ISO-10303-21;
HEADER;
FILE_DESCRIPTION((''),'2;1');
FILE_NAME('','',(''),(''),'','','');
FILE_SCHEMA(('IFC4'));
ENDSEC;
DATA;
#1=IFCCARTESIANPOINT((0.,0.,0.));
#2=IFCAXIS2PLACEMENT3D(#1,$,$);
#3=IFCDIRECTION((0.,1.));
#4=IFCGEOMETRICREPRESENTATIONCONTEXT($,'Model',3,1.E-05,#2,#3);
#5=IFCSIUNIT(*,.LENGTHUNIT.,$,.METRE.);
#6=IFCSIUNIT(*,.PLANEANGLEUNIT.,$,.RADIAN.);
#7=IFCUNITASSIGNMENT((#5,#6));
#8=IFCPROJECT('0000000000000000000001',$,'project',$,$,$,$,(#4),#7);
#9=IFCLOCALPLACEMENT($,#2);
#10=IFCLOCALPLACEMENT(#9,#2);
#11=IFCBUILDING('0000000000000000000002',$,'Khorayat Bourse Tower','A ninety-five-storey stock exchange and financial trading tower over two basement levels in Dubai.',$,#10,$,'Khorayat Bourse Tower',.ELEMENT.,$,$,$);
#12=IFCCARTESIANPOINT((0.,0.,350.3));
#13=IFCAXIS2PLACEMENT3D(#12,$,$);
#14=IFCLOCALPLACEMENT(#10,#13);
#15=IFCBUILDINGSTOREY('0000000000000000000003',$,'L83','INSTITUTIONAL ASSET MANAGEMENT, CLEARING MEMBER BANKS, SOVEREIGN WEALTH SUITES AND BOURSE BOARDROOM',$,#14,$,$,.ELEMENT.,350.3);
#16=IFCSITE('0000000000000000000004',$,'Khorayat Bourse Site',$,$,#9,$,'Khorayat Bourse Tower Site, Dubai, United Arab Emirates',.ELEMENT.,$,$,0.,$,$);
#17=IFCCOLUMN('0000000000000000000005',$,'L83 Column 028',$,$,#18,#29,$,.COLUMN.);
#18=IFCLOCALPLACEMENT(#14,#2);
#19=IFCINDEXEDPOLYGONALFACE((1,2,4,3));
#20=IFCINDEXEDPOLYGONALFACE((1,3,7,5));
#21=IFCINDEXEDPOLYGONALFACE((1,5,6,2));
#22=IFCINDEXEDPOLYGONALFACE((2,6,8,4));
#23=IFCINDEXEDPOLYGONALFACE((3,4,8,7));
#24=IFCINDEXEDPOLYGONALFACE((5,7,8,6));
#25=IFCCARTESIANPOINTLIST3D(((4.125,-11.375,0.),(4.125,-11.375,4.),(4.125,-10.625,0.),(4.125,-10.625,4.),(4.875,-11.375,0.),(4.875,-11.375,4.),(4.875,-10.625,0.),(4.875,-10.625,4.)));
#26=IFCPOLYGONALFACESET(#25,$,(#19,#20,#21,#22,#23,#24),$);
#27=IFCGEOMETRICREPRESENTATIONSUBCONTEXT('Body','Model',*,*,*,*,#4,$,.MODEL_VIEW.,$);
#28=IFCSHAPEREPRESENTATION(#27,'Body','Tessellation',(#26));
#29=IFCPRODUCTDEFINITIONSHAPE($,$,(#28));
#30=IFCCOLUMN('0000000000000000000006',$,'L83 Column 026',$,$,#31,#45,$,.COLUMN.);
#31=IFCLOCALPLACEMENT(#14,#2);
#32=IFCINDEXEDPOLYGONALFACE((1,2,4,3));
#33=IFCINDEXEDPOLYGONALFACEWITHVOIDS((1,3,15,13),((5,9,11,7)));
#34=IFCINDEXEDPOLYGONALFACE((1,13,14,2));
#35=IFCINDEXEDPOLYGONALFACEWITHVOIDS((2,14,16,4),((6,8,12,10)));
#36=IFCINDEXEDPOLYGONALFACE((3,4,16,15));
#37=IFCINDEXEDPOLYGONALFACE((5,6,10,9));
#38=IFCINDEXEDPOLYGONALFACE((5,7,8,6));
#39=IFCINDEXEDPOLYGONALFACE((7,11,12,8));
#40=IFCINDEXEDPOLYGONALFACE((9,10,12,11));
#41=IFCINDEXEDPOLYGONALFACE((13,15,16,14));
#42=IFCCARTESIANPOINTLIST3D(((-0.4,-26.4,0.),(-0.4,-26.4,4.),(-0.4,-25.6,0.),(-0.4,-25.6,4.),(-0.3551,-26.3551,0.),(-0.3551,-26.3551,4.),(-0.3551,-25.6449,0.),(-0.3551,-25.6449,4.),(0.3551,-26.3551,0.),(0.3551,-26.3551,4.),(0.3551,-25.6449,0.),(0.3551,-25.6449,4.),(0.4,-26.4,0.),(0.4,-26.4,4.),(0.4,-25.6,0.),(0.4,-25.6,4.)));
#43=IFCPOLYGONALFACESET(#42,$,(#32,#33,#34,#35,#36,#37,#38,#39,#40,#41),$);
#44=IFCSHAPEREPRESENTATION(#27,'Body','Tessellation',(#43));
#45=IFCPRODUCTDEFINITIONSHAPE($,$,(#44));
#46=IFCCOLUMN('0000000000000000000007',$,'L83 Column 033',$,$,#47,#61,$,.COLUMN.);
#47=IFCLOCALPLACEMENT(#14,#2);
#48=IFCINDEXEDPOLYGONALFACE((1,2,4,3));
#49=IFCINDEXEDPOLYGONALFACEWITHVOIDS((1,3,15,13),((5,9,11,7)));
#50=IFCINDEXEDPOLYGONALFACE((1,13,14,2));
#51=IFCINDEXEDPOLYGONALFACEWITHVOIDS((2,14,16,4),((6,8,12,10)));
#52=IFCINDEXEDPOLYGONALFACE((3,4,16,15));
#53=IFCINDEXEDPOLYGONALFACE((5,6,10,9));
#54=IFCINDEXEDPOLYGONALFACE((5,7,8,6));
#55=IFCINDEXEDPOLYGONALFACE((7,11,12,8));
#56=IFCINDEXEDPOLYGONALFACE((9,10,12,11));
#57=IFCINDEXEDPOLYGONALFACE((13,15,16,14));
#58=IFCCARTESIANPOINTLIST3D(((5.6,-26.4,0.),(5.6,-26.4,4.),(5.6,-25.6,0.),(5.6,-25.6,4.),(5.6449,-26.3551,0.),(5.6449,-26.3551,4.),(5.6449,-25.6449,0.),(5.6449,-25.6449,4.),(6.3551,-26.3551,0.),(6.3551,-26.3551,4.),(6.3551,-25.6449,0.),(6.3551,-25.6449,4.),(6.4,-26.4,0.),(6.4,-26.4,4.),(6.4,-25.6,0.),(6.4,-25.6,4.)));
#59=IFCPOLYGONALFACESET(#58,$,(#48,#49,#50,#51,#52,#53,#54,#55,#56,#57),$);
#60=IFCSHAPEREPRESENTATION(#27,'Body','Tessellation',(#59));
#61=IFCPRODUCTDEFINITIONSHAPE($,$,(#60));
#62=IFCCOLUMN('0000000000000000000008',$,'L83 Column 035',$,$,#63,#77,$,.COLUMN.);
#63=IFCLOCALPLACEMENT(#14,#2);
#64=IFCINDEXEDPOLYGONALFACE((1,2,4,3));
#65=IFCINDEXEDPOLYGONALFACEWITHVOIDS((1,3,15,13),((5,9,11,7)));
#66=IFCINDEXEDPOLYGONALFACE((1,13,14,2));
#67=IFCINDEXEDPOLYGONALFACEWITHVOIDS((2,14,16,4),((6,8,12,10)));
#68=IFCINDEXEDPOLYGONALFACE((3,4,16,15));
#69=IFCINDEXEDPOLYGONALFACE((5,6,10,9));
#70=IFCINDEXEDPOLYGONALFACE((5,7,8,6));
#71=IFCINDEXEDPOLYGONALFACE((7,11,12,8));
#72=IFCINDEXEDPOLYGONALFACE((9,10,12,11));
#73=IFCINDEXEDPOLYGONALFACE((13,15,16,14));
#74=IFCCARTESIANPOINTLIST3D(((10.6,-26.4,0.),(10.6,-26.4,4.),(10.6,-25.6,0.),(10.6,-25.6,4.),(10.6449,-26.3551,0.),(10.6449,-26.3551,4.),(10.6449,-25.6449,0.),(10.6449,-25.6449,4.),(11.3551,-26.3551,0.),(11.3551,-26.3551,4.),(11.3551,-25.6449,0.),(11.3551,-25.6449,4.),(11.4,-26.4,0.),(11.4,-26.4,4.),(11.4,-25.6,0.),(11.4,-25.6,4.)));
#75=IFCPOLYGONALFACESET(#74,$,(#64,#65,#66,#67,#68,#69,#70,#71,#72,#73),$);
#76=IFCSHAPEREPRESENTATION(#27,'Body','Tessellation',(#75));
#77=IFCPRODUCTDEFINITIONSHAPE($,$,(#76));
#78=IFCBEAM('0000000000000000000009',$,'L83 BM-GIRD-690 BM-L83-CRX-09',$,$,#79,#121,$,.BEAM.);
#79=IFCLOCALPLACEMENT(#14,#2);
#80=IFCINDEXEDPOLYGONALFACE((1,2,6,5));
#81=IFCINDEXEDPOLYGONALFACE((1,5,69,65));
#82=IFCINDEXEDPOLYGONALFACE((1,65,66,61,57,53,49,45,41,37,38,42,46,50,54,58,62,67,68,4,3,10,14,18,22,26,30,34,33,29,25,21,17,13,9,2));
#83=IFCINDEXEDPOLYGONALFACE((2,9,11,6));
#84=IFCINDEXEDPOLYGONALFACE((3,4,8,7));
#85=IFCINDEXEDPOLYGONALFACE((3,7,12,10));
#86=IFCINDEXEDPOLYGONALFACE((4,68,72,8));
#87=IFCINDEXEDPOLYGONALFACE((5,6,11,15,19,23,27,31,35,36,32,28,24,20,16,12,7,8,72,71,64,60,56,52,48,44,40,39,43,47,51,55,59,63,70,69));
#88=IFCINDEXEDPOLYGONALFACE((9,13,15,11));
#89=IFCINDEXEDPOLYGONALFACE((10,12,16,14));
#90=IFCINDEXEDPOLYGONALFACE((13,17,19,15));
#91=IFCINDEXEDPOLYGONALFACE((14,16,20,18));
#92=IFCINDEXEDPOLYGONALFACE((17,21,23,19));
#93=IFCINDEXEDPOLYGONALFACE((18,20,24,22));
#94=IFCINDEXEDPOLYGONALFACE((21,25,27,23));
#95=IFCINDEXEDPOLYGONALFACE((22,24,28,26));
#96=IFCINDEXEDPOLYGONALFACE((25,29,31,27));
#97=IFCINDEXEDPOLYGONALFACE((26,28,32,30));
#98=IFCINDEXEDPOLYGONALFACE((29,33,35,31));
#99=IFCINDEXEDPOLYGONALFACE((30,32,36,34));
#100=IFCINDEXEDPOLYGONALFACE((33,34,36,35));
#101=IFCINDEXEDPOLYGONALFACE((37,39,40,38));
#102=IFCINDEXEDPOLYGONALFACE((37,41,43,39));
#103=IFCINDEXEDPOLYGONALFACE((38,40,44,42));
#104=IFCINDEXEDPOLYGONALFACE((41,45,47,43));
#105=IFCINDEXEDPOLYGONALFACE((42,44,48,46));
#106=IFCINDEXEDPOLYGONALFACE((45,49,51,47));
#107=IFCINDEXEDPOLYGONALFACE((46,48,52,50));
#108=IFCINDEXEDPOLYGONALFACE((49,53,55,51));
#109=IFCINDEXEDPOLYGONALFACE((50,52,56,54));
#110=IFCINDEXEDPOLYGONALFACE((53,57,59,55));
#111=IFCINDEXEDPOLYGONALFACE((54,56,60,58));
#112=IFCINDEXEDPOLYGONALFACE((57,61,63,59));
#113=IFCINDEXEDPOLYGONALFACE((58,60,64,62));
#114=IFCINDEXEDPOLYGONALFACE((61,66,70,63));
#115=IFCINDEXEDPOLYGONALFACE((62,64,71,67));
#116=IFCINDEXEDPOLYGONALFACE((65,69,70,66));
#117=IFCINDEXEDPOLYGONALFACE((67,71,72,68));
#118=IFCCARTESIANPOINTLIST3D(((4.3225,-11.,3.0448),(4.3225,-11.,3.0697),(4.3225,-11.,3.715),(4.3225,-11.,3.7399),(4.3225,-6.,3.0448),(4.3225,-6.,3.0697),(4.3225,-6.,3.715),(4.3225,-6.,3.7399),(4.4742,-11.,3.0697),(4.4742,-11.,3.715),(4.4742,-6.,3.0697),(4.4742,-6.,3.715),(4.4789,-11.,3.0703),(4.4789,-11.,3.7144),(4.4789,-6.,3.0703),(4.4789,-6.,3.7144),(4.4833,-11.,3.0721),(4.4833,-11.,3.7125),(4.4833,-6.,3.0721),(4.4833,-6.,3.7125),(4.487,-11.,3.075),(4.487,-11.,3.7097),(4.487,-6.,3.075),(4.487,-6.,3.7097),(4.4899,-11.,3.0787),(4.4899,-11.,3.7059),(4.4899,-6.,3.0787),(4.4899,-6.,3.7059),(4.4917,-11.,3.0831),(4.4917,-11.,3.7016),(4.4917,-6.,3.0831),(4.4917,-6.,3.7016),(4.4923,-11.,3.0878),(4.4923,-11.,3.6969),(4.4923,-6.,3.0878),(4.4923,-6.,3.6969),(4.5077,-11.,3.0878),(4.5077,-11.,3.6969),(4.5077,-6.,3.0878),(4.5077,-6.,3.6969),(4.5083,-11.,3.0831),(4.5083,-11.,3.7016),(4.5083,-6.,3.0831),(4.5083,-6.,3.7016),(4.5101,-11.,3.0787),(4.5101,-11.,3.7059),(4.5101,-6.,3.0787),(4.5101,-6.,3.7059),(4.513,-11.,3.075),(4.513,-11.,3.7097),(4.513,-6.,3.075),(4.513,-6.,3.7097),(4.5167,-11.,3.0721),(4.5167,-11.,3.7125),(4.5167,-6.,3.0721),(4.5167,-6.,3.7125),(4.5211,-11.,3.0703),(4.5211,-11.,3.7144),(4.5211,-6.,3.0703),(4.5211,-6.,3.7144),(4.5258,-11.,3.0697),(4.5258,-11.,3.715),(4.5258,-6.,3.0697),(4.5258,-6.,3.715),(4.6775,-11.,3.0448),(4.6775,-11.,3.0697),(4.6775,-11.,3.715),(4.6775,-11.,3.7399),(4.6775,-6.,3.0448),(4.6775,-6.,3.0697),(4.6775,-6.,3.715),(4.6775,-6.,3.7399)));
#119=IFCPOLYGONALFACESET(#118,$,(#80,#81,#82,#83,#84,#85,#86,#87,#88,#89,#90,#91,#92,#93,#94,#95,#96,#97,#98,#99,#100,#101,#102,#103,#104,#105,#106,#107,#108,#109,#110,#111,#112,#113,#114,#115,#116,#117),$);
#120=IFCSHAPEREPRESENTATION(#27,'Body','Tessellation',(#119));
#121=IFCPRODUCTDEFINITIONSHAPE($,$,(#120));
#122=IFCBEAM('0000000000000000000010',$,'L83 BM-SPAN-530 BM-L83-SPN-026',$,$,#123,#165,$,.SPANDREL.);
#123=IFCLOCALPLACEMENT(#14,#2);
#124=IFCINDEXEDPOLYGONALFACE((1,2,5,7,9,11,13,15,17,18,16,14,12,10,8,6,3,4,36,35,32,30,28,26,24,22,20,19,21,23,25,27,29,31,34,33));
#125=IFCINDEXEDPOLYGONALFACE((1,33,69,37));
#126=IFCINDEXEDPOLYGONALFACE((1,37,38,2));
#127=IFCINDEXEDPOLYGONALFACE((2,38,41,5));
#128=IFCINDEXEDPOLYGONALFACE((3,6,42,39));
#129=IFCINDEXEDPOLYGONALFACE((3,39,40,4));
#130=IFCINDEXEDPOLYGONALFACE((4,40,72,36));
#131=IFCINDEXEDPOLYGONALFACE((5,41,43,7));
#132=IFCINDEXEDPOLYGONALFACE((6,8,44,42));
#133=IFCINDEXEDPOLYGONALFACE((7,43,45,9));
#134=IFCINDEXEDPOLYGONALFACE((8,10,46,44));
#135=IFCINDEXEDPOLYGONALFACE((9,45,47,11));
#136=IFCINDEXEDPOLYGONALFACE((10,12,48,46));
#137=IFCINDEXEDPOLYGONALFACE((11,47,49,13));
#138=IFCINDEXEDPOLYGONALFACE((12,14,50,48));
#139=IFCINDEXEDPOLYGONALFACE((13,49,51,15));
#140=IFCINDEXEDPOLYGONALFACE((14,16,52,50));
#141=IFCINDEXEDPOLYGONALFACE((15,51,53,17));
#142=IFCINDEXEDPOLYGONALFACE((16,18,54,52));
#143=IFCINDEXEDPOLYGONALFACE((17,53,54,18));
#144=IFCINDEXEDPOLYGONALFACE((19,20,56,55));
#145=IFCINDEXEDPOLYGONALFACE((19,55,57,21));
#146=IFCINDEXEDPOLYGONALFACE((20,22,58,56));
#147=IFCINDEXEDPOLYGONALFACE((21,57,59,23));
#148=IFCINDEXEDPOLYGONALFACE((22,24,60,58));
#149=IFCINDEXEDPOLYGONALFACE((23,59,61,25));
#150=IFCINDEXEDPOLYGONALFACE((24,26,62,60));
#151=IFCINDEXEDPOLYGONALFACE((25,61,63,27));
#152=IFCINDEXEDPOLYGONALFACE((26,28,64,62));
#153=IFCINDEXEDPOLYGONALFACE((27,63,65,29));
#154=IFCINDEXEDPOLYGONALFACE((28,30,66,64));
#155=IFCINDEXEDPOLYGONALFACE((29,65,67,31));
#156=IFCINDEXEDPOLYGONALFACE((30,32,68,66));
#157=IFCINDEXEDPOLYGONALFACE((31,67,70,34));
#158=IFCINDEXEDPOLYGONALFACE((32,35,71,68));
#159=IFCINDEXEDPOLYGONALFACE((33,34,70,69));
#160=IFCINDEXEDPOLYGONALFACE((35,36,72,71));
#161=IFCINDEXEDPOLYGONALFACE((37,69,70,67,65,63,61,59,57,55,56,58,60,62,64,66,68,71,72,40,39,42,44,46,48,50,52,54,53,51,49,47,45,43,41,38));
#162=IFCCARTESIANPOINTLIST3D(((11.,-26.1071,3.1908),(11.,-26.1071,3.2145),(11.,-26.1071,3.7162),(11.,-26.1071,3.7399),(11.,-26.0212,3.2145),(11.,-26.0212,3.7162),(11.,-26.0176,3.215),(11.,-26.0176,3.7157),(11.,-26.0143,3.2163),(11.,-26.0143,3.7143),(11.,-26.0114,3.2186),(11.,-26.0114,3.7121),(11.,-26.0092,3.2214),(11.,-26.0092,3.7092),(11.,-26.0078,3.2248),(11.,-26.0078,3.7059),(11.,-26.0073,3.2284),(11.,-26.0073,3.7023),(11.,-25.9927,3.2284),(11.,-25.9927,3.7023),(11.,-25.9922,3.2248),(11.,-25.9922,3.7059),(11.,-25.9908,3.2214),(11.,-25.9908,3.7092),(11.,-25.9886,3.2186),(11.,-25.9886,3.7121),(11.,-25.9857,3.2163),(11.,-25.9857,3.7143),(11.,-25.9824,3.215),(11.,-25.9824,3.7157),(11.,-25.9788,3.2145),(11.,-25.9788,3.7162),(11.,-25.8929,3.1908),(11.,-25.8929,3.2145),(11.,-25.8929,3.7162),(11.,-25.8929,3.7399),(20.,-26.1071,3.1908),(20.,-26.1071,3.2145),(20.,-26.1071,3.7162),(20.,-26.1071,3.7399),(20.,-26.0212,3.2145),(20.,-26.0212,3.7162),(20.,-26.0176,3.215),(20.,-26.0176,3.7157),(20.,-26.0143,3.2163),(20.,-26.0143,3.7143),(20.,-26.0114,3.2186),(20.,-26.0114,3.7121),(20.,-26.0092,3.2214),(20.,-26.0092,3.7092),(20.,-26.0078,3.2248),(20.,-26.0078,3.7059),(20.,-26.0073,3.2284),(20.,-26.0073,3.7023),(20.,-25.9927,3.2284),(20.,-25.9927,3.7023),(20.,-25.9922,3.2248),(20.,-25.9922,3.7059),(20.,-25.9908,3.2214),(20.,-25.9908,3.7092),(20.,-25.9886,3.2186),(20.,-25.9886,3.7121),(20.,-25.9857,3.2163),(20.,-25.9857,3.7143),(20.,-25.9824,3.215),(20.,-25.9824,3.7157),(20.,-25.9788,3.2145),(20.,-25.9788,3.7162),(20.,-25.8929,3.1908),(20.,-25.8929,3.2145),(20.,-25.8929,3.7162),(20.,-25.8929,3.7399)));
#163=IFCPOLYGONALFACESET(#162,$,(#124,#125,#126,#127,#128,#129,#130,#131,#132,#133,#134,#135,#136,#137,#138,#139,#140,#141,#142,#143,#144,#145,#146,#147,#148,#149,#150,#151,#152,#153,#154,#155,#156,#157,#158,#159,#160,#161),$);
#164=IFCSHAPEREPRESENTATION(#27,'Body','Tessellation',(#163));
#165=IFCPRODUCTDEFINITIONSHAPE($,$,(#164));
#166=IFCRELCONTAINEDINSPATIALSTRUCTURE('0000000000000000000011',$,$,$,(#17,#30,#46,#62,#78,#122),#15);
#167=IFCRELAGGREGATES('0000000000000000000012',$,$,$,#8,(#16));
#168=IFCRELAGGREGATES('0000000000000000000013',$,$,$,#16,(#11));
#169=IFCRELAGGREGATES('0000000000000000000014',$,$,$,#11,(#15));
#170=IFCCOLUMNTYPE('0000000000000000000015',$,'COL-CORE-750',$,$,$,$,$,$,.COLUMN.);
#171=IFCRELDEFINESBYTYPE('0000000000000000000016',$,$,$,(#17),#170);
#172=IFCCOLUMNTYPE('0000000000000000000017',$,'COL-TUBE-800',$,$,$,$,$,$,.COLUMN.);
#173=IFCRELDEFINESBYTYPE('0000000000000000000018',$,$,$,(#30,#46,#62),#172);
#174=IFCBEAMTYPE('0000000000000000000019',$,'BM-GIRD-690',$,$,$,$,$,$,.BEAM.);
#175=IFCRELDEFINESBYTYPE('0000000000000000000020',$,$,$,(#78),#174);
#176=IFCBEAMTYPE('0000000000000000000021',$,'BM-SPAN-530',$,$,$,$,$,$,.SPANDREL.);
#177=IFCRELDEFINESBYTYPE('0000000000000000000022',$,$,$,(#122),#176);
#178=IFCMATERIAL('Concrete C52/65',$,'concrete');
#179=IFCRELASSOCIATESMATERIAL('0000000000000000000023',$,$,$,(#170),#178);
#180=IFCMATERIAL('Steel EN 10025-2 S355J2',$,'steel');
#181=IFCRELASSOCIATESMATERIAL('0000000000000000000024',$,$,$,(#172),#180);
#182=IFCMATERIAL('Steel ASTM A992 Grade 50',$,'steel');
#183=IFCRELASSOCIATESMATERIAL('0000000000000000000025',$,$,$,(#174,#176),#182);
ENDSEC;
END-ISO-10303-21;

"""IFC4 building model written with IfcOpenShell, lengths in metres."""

from ifc_helpers import new_model, si_unit, direction, frame, origin, origin_2d, place, context, subcontext, project, spatial, rectangle, hollow_rectangle, i_section, extrude, source, transform, mapped, material, material_profile, profile_set, type_object, element, save


model = new_model("IFC4")

# Units and contexts
model_context = context("Model", 3, precision=1e-05, world=origin(), true_north=direction((0.0, 1.0)))
body_context = subcontext(model_context, "Body", "Model", "MODEL_VIEW")
ifc_project = project(units=[si_unit("LENGTHUNIT", "METRE"), si_unit("PLANEANGLEUNIT", "RADIAN")], contexts=[model_context])

# Site, building, storey
site_placement = place(None, origin())
site = spatial("IfcSite", under=ifc_project, at=site_placement, Name="Khorayat Bourse Site", LongName="Khorayat Bourse Tower Site, Dubai, United Arab Emirates", CompositionType="ELEMENT", RefElevation=0.0)
building_placement = place(site_placement, origin())
building = spatial("IfcBuilding", under=site, at=building_placement, Name="Khorayat Bourse Tower", Description="A ninety-five-storey stock exchange and financial trading tower over two basement levels in Dubai.", LongName="Khorayat Bourse Tower", CompositionType="ELEMENT")
storey_placement = place(building_placement, frame((0.0, 0.0, 350.3)))
storey = spatial("IfcBuildingStorey", under=building, at=storey_placement, Name="L83", Description="INSTITUTIONAL ASSET MANAGEMENT, CLEARING MEMBER BANKS, SOVEREIGN WEALTH SUITES AND BOURSE BOARDROOM", CompositionType="ELEMENT", Elevation=350.3)

# Columns
ifc_material_1 = material(Name="Concrete C52/65", Category="concrete")
ifc_material_profile_1 = material_profile(ifc_material_1, rectangle(XDim=0.75, YDim=0.75, at=origin_2d()), Name="RC 750x750")
ifc_profile_set_1 = profile_set([ifc_material_profile_1], Name="Concrete C52/65")
column_type_1 = type_object("IfcColumnType", Name="COL-CORE-750", PredefinedType="COLUMN", material=ifc_profile_set_1)
shared_shape_1 = source(origin(), body_context, "Body", "SweptSolid", [
    extrude(rectangle(XDim=0.75, YDim=0.75, at=origin_2d()), origin(), (0.0, 0.0, 1.0), 4.0),
])
column_placement = place(storey_placement, frame((4.5, -11.0, 0.0), z_axis=(0.0, 0.0, 1.0), x_axis=(1.0, 0.0, 0.0)))
element("IfcColumn", 1, at=column_placement, inside=storey, type_object=column_type_1, Name="L83 Column 028", PredefinedType="COLUMN", context=body_context, shape_type="MappedRepresentation", body=[
    mapped(shared_shape_1, transform((0.0, 0.0, 0.0), scale=1.0)),
])
ifc_material_2 = material(Name="Steel EN 10025-2 S355J2", Category="steel")
ifc_material_profile_2 = material_profile(ifc_material_2, hollow_rectangle(XDim=0.8, YDim=0.8, WallThickness=0.0449, at=origin_2d()), Name="BOX 800x800x45")
ifc_profile_set_2 = profile_set([ifc_material_profile_2], Name="Steel EN 10025-2 S355J2")
column_type_2 = type_object("IfcColumnType", Name="COL-TUBE-800", PredefinedType="COLUMN", material=ifc_profile_set_2)
shared_shape_2 = source(origin(), body_context, "Body", "SweptSolid", [
    extrude(hollow_rectangle(XDim=0.8, YDim=0.8, WallThickness=0.0449, at=origin_2d()), origin(), (0.0, 0.0, 1.0), 4.0),
])
for number, where, z_axis, x_axis, name in (
    (2, (0.0, -26.0, 0.0), (0.0, 0.0, 1.0), (1.0, 0.0, 0.0), "L83 Column 026"),
    (3, (6.0, -26.0, 0.0), (0.0, 0.0, 1.0), (1.0, 0.0, 0.0), "L83 Column 033"),
    (4, (11.0, -26.0, 0.0), (0.0, 0.0, 1.0), (1.0, 0.0, 0.0), "L83 Column 035"),
):
    element("IfcColumn", number, at=place(storey_placement, frame(where, z_axis=z_axis, x_axis=x_axis)), inside=storey, type_object=column_type_2, Name=name, PredefinedType="COLUMN", context=body_context, shape_type="MappedRepresentation", body=[
        mapped(shared_shape_2, transform((0.0, 0.0, 0.0), scale=1.0)),
    ])

# Beams
ifc_material_3 = material(Name="Steel ASTM A992 Grade 50", Category="steel")
ifc_material_profile_3 = material_profile(ifc_material_3, i_section(OverallWidth=0.355, OverallDepth=0.6951, WebThickness=0.0154, FlangeThickness=0.0249, FilletRadius=0.0181, at=origin_2d()), Name="W690X217")
ifc_profile_set_3 = profile_set([ifc_material_profile_3], Name="Steel ASTM A992 Grade 50")
beam_type_1 = type_object("IfcBeamType", Name="BM-GIRD-690", PredefinedType="BEAM", material=ifc_profile_set_3)
shared_shape_3 = source(origin(), body_context, "Body", "SweptSolid", [
    extrude(i_section(OverallWidth=0.355, OverallDepth=0.6951, WebThickness=0.0154, FlangeThickness=0.0249, FilletRadius=0.0181, at=origin_2d()), origin(), (0.0, 0.0, 1.0), 5.0),
])
beam_1_placement = place(storey_placement, frame((4.5, -11.0, 3.3923), z_axis=(0.0, 1.0, 0.0), x_axis=(-1.0, 0.0, 0.0)))
element("IfcBeam", 5, at=beam_1_placement, inside=storey, type_object=beam_type_1, Name="L83 BM-GIRD-690 BM-L83-CRX-09", PredefinedType="BEAM", context=body_context, shape_type="MappedRepresentation", body=[
    mapped(shared_shape_3, transform((0.0, 0.0, 0.0), scale=1.0)),
])
ifc_material_profile_4 = material_profile(ifc_material_3, i_section(OverallWidth=0.2141, OverallDepth=0.5491, WebThickness=0.0146, FlangeThickness=0.0237, FilletRadius=0.0139, at=origin_2d()), Name="W530X138")
ifc_profile_set_4 = profile_set([ifc_material_profile_4], Name="Steel ASTM A992 Grade 50")
beam_type_2 = type_object("IfcBeamType", Name="BM-SPAN-530", PredefinedType="SPANDREL", material=ifc_profile_set_4)
shared_shape_4 = source(origin(), body_context, "Body", "SweptSolid", [
    extrude(i_section(OverallWidth=0.2141, OverallDepth=0.5491, WebThickness=0.0146, FlangeThickness=0.0237, FilletRadius=0.0139, at=origin_2d()), origin(), (0.0, 0.0, 1.0), 9.0),
])
beam_2_placement = place(storey_placement, frame((11.0, -26.0, 3.4653), z_axis=(1.0, 0.0, 0.0), x_axis=(0.0, 1.0, 0.0)))
element("IfcBeam", 6, at=beam_2_placement, inside=storey, type_object=beam_type_2, Name="L83 BM-SPAN-530 BM-L83-SPN-026", PredefinedType="SPANDREL", context=body_context, shape_type="MappedRepresentation", body=[
    mapped(shared_shape_4, transform((0.0, 0.0, 0.0), scale=1.0)),
])

save(model, "model.ifc")
